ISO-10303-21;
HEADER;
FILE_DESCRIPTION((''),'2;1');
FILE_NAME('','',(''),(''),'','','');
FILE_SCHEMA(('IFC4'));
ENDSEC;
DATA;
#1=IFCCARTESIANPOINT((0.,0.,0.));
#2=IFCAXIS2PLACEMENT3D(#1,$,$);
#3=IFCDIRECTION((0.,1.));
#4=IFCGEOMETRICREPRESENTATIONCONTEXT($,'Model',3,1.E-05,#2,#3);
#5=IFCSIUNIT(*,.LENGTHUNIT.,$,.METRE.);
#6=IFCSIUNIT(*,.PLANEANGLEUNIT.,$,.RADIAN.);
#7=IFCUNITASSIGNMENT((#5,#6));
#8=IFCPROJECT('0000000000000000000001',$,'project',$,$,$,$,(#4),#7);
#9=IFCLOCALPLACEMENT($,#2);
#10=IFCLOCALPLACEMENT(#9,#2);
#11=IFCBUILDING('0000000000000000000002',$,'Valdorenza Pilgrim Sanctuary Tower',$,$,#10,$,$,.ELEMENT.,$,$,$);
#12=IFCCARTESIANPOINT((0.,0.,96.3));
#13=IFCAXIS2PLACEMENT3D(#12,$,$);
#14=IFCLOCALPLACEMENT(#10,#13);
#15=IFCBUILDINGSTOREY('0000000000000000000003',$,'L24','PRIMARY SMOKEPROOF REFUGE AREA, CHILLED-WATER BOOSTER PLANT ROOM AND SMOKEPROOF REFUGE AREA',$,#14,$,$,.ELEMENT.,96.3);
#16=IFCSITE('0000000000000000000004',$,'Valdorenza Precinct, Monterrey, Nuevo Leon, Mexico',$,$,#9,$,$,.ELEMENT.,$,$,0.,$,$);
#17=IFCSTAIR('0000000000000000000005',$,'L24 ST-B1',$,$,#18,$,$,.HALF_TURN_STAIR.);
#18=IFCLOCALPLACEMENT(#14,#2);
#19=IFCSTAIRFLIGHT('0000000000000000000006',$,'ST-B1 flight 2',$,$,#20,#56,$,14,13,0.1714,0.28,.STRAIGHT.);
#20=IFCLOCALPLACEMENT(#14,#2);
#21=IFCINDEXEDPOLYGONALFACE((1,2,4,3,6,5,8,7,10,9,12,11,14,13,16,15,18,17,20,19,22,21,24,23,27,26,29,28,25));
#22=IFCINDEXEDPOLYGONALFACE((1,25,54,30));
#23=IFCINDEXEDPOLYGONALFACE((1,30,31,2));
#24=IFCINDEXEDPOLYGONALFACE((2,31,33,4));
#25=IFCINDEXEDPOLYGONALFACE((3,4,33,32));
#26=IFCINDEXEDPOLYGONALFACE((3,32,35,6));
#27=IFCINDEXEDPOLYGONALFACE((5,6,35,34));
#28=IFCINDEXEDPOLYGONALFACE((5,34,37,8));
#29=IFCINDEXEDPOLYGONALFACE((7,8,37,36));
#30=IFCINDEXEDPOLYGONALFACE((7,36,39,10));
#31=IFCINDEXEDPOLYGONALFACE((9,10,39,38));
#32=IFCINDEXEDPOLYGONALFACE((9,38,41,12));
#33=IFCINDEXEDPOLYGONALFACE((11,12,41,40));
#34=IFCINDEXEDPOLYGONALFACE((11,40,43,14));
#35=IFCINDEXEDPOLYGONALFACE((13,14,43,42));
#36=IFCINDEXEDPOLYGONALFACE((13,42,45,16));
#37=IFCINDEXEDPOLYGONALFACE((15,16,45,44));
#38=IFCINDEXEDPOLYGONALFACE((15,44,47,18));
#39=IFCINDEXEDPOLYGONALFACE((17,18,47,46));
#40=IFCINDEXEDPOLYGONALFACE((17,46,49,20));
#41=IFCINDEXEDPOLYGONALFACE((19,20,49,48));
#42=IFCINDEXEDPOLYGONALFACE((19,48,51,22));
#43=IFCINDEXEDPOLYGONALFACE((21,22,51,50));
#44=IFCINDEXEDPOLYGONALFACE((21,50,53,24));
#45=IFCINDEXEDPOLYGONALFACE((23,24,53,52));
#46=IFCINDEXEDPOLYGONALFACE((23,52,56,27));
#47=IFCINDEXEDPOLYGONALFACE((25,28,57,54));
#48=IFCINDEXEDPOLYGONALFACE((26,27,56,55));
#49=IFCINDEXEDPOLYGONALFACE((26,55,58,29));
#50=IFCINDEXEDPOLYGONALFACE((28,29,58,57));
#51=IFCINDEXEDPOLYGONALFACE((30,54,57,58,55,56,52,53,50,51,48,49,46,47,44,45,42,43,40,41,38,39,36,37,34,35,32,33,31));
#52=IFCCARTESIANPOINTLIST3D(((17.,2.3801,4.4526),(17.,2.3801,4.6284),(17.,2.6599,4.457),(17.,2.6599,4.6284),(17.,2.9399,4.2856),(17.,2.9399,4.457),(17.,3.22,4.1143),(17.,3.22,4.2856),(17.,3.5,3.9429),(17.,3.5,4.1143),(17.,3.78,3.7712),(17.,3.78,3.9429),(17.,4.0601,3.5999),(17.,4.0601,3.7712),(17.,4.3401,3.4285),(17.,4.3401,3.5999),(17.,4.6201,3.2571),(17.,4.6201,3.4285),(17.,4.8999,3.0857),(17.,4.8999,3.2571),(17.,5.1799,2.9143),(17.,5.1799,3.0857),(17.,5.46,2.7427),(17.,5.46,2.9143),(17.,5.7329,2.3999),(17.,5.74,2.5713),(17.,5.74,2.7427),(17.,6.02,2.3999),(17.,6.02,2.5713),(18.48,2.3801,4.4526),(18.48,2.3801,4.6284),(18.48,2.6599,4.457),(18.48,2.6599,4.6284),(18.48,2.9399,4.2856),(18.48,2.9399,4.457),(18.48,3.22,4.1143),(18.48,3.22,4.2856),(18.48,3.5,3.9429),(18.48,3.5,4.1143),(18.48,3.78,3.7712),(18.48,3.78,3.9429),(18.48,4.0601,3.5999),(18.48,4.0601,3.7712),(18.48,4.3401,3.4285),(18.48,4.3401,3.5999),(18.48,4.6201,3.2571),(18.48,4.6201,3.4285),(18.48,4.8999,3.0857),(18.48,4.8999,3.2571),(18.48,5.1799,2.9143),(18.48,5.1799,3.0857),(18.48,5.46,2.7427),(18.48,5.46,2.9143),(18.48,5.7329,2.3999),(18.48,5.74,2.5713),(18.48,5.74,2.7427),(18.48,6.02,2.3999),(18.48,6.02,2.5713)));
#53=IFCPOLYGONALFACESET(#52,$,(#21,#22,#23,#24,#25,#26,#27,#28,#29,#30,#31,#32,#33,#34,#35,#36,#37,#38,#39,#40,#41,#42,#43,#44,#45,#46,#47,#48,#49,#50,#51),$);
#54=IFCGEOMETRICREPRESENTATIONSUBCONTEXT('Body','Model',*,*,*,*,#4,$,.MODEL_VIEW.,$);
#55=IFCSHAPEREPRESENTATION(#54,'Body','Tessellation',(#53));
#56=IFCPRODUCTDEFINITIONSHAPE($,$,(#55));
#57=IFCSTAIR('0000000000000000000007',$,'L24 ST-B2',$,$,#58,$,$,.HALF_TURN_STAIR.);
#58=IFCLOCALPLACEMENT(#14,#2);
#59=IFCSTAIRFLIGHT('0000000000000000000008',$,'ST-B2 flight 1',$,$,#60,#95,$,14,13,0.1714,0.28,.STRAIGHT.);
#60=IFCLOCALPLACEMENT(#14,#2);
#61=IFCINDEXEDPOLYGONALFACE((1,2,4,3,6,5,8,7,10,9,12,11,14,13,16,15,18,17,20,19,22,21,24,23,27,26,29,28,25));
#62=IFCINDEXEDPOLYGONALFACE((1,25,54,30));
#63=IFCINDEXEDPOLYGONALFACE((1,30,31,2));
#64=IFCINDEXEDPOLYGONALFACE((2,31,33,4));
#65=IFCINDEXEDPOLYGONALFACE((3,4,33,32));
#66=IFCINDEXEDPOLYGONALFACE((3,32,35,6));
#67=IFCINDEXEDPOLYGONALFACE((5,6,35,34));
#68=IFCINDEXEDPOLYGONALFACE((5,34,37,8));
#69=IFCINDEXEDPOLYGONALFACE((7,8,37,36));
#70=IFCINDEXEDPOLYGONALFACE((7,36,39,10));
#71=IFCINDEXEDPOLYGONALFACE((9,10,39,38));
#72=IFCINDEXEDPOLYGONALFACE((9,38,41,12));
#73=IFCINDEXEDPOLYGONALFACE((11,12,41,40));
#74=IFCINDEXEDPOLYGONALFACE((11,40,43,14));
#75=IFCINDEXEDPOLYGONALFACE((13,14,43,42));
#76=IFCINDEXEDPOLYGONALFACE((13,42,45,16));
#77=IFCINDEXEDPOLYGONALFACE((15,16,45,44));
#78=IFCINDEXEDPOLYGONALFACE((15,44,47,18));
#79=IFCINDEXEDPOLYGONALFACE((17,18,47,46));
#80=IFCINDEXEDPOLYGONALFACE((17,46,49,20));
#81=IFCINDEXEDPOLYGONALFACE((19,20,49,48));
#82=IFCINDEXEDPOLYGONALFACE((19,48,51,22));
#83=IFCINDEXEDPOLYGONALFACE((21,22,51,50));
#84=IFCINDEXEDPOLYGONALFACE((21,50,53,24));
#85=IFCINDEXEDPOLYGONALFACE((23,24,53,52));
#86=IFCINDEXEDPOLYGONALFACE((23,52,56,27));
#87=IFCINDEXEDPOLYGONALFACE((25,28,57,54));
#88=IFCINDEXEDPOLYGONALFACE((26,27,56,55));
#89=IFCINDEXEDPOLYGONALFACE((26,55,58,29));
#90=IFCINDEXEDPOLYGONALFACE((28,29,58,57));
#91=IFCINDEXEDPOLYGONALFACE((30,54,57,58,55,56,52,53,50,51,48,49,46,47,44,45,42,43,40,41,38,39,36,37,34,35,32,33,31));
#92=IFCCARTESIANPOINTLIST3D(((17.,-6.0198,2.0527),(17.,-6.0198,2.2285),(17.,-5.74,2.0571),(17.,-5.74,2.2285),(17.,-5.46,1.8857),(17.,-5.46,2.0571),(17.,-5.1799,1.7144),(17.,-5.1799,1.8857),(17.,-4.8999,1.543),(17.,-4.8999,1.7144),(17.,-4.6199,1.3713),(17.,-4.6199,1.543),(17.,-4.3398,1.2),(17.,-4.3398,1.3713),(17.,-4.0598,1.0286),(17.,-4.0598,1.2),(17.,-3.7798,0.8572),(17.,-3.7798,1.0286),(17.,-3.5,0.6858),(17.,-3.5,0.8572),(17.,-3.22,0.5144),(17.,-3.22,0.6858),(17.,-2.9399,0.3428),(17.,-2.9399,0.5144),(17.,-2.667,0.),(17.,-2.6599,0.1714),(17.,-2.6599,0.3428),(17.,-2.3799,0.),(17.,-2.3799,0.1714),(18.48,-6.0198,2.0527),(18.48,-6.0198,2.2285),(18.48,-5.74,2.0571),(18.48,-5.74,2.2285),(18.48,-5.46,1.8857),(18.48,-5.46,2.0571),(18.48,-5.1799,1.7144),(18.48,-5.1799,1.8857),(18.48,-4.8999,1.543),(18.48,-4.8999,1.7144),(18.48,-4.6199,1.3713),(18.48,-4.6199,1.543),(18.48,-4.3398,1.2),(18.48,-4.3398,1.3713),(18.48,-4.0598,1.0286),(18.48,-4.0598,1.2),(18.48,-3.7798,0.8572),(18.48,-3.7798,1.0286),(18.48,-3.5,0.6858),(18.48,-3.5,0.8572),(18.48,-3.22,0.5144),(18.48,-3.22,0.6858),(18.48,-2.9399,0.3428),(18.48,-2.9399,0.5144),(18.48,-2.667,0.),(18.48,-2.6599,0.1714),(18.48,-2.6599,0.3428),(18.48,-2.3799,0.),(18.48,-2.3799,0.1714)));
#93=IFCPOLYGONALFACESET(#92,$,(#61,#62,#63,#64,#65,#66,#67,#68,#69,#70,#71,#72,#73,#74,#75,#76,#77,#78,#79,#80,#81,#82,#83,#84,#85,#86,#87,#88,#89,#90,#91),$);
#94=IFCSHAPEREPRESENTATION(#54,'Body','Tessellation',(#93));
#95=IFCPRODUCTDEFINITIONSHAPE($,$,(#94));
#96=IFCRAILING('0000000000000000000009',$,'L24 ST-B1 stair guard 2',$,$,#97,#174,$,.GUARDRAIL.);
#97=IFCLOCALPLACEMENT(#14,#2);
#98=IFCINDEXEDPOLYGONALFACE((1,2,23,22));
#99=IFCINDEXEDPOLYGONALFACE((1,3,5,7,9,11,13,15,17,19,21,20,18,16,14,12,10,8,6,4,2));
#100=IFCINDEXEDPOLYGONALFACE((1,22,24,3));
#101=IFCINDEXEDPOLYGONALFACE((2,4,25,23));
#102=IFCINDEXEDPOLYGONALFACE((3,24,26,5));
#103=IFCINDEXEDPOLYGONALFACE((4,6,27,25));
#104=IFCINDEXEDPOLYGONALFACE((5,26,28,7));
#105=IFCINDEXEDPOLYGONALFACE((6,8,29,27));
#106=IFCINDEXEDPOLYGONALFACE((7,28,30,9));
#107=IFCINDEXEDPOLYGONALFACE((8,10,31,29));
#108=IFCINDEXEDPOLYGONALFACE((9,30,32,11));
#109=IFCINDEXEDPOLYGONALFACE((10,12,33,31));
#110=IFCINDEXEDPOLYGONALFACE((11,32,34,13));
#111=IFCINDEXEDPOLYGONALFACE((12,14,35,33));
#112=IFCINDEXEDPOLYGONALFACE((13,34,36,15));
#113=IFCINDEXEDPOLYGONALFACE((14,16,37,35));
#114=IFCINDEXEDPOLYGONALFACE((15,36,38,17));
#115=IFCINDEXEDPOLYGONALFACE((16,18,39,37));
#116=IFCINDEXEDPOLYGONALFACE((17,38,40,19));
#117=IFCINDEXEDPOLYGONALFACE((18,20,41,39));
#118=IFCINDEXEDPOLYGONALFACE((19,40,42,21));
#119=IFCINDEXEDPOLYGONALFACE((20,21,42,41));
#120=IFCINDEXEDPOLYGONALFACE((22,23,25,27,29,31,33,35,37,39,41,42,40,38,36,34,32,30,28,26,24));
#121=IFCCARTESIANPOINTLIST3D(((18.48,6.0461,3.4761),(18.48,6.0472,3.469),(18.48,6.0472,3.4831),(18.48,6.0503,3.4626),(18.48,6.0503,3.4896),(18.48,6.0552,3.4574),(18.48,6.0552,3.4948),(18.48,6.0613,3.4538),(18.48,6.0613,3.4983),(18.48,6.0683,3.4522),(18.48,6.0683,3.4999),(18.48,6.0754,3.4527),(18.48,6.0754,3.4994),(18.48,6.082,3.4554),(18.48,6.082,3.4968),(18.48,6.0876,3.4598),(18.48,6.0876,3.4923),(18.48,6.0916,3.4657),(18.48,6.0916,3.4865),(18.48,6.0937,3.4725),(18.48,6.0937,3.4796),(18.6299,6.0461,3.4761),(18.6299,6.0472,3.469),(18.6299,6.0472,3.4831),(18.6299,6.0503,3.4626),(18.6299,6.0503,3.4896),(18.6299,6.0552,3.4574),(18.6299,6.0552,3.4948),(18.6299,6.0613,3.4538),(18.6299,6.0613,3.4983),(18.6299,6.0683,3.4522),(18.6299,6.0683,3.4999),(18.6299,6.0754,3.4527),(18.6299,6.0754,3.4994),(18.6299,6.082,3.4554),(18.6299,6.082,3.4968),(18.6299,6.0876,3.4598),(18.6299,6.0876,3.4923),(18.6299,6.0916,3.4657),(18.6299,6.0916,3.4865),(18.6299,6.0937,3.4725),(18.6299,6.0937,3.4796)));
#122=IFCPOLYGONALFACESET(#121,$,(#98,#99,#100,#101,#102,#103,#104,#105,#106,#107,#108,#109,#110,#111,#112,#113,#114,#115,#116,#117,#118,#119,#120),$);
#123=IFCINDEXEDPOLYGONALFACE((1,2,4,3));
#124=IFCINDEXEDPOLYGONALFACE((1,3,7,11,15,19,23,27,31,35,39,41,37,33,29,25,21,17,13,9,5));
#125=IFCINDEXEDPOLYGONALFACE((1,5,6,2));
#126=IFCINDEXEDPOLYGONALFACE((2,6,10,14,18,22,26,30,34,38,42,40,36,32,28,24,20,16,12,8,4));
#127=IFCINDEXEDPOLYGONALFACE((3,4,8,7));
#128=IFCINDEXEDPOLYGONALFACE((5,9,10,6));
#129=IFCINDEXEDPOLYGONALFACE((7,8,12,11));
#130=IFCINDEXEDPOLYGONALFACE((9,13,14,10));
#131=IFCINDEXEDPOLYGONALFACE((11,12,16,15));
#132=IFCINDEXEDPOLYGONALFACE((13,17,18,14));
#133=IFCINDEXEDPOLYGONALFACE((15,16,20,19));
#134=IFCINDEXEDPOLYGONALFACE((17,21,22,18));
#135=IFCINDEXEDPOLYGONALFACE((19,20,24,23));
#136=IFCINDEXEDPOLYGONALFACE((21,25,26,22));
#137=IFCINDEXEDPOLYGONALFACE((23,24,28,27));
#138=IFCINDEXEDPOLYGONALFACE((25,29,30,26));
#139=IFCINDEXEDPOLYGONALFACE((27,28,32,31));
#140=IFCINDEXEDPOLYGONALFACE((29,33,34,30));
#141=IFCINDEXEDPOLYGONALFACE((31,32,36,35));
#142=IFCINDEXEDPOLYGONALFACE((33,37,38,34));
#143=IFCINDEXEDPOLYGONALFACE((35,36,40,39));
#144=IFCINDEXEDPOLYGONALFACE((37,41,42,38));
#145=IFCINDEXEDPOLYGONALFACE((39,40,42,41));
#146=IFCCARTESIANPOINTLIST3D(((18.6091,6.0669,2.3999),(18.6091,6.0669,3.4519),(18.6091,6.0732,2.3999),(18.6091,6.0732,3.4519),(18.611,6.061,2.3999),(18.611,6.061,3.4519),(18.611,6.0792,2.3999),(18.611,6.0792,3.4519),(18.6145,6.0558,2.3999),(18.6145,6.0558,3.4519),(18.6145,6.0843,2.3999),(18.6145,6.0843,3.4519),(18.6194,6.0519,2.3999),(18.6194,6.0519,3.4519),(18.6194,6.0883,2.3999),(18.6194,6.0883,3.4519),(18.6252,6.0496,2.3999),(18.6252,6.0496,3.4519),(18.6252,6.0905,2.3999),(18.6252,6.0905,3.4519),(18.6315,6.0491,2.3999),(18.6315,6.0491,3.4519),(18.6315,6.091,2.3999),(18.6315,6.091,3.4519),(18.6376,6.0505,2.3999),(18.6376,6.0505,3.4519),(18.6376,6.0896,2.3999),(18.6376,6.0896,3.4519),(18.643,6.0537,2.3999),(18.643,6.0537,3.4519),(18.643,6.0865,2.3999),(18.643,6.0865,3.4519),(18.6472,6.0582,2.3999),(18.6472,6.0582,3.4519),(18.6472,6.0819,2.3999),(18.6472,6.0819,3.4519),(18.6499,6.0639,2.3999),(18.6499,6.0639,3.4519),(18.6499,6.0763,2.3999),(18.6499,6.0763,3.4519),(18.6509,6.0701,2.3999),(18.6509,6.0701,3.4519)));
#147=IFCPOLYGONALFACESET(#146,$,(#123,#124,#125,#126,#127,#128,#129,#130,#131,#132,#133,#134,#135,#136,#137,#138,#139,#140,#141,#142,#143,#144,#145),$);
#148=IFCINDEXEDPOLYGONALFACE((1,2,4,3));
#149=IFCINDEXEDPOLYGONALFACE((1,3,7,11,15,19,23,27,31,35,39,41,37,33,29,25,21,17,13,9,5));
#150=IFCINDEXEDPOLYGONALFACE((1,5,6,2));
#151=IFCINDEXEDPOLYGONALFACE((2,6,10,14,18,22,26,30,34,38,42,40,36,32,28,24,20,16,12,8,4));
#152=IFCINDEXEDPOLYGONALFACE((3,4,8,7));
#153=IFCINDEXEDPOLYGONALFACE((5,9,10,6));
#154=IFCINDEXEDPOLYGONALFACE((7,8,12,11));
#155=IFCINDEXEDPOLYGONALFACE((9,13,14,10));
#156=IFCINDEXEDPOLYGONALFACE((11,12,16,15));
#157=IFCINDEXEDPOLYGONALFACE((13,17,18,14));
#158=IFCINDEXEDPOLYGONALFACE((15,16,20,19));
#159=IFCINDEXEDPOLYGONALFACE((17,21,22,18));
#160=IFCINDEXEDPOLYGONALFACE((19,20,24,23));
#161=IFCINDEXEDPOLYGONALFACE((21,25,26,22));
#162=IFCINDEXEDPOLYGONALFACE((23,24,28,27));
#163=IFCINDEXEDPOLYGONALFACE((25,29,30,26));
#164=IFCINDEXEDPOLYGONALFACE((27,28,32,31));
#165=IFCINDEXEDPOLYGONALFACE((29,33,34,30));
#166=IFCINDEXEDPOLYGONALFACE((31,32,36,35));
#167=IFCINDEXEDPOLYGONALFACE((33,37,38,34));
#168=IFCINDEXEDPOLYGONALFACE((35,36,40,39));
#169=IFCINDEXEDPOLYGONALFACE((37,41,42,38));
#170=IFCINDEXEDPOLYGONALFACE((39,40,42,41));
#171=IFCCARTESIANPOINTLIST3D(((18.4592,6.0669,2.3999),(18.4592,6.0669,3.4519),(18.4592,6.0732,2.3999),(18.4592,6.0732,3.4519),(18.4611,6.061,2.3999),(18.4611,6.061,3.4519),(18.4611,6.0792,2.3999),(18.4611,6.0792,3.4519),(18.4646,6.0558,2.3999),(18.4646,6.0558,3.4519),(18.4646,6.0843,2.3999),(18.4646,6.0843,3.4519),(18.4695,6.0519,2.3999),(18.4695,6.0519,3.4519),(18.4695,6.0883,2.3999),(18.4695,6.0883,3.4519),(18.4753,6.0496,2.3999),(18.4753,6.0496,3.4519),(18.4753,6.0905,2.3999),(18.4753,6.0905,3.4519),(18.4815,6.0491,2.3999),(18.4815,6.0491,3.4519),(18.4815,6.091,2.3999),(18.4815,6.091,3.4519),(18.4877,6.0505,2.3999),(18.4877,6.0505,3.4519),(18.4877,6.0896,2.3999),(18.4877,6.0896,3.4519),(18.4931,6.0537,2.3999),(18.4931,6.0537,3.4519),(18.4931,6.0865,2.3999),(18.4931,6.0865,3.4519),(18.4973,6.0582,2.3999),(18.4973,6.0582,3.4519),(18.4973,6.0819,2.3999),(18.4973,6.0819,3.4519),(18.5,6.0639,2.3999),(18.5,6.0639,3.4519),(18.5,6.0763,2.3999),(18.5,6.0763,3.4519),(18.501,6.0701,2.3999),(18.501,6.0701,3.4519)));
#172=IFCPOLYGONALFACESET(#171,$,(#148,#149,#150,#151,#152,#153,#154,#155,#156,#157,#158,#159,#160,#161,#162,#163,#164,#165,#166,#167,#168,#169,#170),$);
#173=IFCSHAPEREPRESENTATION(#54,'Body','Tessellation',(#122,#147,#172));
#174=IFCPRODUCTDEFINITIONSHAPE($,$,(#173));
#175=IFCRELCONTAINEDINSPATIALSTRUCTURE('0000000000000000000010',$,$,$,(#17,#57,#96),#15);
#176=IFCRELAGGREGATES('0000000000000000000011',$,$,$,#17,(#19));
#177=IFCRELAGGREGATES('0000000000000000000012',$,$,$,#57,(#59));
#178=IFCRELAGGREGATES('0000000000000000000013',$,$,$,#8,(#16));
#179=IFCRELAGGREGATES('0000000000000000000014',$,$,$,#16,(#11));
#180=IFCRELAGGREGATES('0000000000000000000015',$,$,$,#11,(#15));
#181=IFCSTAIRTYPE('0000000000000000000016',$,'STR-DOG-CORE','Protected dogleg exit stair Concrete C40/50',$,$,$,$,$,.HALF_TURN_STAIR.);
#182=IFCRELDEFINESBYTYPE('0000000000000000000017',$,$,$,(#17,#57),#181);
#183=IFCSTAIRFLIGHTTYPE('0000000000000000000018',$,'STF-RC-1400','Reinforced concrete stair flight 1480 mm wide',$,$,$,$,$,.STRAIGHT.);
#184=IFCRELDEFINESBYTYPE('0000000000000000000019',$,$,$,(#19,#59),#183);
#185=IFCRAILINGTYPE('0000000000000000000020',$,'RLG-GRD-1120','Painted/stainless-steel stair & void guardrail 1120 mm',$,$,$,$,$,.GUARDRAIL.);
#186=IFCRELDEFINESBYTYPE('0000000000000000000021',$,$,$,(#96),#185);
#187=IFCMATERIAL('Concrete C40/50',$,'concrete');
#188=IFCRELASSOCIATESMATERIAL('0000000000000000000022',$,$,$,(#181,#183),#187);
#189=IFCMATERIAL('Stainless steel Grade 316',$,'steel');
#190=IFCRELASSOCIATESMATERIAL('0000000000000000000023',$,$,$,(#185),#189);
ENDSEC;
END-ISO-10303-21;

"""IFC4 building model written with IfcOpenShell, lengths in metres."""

from ifc_helpers import new_model, si_unit, direction, frame, origin, origin_2d, place, context, subcontext, project, spatial, polyline, circle, outline, extrude, material, type_object, element, aggregate, save


model = new_model("IFC4")

# Units and contexts
model_context = context("Model", 3, precision=1e-05, world=origin(), true_north=direction((0.0, 1.0)))
body_context = subcontext(model_context, "Body", "Model", "MODEL_VIEW")
ifc_project = project(units=[si_unit("LENGTHUNIT", "METRE"), si_unit("PLANEANGLEUNIT", "RADIAN")], contexts=[model_context])

# Site, building, storey
site_placement = place(None, origin())
site = spatial("IfcSite", under=ifc_project, at=site_placement, Name="Valdorenza Precinct, Monterrey, Nuevo Leon, Mexico", CompositionType="ELEMENT", RefElevation=0.0)
building_placement = place(site_placement, origin())
building = spatial("IfcBuilding", under=site, at=building_placement, Name="Valdorenza Pilgrim Sanctuary Tower", CompositionType="ELEMENT")
storey_placement = place(building_placement, frame((0.0, 0.0, 96.3)))
storey = spatial("IfcBuildingStorey", under=building, at=storey_placement, Name="L24", Description="PRIMARY SMOKEPROOF REFUGE AREA, CHILLED-WATER BOOSTER PLANT ROOM AND SMOKEPROOF REFUGE AREA", CompositionType="ELEMENT", Elevation=96.3)

# Shared definitions
ifc_material_1 = material(Name="Concrete C40/50", Category="concrete")

# Stairs, stair flights
stair_type = type_object("IfcStairType", Name="STR-DOG-CORE", Description="Protected dogleg exit stair Concrete C40/50", PredefinedType="HALF_TURN_STAIR", material=ifc_material_1)
stair_1_placement = place(storey_placement, origin())
stair_1 = element("IfcStair", 1, at=stair_1_placement, inside=storey, type_object=stair_type, Name="L24 ST-B1", PredefinedType="HALF_TURN_STAIR")
stair_flight_type = type_object("IfcStairFlightType", Name="STF-RC-1400", Description="Reinforced concrete stair flight 1480 mm wide", PredefinedType="STRAIGHT", material=ifc_material_1)
stair_flight_1_placement = place(storey_placement, frame((17.74, 6.02, 2.3999), z_axis=(0.0, 0.0, 1.0), x_axis=(0.0, -1.0, 0.0)))
stair_flight_1 = element("IfcStairFlight", 2, at=stair_flight_1_placement, type_object=stair_flight_type, Name="ST-B1 flight 2", NumberOfRisers=14, NumberOfTreads=13, PredefinedType="STRAIGHT", RiserHeight=0.1714, TreadLength=0.28, context=body_context, shape_type="SweptSolid", body=[
    extrude(outline(polyline([(0.0, 0.0), (0.0, 0.1714), (0.28, 0.1714), (0.28, 0.3428), (0.5601, 0.3428), (0.5601, 0.5144), (0.8401, 0.5144), (0.8401, 0.6858), (1.1201, 0.6858), (1.1201, 0.8572), (1.3999, 0.8572), (1.3999, 1.0286), (1.6799, 1.0286), (1.6799, 1.2), (1.96, 1.2), (1.96, 1.3713), (2.24, 1.3713), (2.24, 1.543), (2.52, 1.543), (2.52, 1.7144), (2.8, 1.7144), (2.8, 1.8857), (3.0801, 1.8857), (3.0801, 2.0571), (3.3601, 2.0571), (3.3601, 2.2285), (3.6399, 2.2285), (3.6399, 2.3999), (3.6399, 2.0527), (0.2871, 0.0), (0.0, 0.0)])), frame((0.0, 0.74, 0.0), z_axis=(0.0, -1.0, 0.0), x_axis=(1.0, 0.0, 0.0)), (0.0, 0.0, 1.0), 1.48),
])
aggregate(stair_1, [stair_flight_1])
stair_2_placement = place(storey_placement, origin())
stair_2 = element("IfcStair", 3, at=stair_2_placement, inside=storey, type_object=stair_type, Name="L24 ST-B2", PredefinedType="HALF_TURN_STAIR")
stair_flight_2_placement = place(storey_placement, frame((17.74, -2.3799, 0.0), z_axis=(0.0, 0.0, 1.0), x_axis=(0.0, -1.0, 0.0)))
stair_flight_2 = element("IfcStairFlight", 4, at=stair_flight_2_placement, type_object=stair_flight_type, Name="ST-B2 flight 1", NumberOfRisers=14, NumberOfTreads=13, PredefinedType="STRAIGHT", RiserHeight=0.1714, TreadLength=0.28, context=body_context, shape_type="SweptSolid", body=[
    extrude(outline(polyline([(0.0, 0.0), (0.0, 0.1714), (0.28, 0.1714), (0.28, 0.3428), (0.5601, 0.3428), (0.5601, 0.5144), (0.8401, 0.5144), (0.8401, 0.6858), (1.1201, 0.6858), (1.1201, 0.8572), (1.3999, 0.8572), (1.3999, 1.0286), (1.6799, 1.0286), (1.6799, 1.2), (1.96, 1.2), (1.96, 1.3713), (2.24, 1.3713), (2.24, 1.543), (2.52, 1.543), (2.52, 1.7144), (2.8, 1.7144), (2.8, 1.8857), (3.0801, 1.8857), (3.0801, 2.0571), (3.3601, 2.0571), (3.3601, 2.2285), (3.6399, 2.2285), (3.6399, 2.3999), (3.6399, 2.0527), (0.2871, 0.0), (0.0, 0.0)])), frame((0.0, 0.74, 0.0), z_axis=(0.0, -1.0, 0.0), x_axis=(1.0, 0.0, 0.0)), (0.0, 0.0, 1.0), 1.48),
])
aggregate(stair_2, [stair_flight_2])

# Railing
ifc_material_2 = material(Name="Stainless steel Grade 316", Category="steel")
railing_type_1 = type_object("IfcRailingType", Name="RLG-GRD-1120", Description="Painted/stainless-steel stair & void guardrail 1120 mm", PredefinedType="GUARDRAIL", material=ifc_material_2)
railing_1_placement = place(storey_placement, frame((18.6299, 6.0701, 2.3999)))
element("IfcRailing", 5, at=railing_1_placement, inside=storey, type_object=railing_type_1, Name="L24 ST-B1 stair guard 2", PredefinedType="GUARDRAIL", context=body_context, shape_type="SweptSolid", body=[
    extrude(circle(Radius=0.0239, at=origin_2d()), frame((0.0, 0.0, 1.0762), z_axis=(-1.0, 0.0, 0.0), x_axis=(0.0, -1.0, 0.0)), (0.0, 0.0, 1.0), 0.1499),
    extrude(circle(Radius=0.021, at=origin_2d()), origin(), (0.0, 0.0, 1.0), 1.052),
    extrude(circle(Radius=0.021, at=origin_2d()), frame((-0.1499, 0.0, 0.0)), (0.0, 0.0, 1.0), 1.052),
])

save(model, "model.ifc")
